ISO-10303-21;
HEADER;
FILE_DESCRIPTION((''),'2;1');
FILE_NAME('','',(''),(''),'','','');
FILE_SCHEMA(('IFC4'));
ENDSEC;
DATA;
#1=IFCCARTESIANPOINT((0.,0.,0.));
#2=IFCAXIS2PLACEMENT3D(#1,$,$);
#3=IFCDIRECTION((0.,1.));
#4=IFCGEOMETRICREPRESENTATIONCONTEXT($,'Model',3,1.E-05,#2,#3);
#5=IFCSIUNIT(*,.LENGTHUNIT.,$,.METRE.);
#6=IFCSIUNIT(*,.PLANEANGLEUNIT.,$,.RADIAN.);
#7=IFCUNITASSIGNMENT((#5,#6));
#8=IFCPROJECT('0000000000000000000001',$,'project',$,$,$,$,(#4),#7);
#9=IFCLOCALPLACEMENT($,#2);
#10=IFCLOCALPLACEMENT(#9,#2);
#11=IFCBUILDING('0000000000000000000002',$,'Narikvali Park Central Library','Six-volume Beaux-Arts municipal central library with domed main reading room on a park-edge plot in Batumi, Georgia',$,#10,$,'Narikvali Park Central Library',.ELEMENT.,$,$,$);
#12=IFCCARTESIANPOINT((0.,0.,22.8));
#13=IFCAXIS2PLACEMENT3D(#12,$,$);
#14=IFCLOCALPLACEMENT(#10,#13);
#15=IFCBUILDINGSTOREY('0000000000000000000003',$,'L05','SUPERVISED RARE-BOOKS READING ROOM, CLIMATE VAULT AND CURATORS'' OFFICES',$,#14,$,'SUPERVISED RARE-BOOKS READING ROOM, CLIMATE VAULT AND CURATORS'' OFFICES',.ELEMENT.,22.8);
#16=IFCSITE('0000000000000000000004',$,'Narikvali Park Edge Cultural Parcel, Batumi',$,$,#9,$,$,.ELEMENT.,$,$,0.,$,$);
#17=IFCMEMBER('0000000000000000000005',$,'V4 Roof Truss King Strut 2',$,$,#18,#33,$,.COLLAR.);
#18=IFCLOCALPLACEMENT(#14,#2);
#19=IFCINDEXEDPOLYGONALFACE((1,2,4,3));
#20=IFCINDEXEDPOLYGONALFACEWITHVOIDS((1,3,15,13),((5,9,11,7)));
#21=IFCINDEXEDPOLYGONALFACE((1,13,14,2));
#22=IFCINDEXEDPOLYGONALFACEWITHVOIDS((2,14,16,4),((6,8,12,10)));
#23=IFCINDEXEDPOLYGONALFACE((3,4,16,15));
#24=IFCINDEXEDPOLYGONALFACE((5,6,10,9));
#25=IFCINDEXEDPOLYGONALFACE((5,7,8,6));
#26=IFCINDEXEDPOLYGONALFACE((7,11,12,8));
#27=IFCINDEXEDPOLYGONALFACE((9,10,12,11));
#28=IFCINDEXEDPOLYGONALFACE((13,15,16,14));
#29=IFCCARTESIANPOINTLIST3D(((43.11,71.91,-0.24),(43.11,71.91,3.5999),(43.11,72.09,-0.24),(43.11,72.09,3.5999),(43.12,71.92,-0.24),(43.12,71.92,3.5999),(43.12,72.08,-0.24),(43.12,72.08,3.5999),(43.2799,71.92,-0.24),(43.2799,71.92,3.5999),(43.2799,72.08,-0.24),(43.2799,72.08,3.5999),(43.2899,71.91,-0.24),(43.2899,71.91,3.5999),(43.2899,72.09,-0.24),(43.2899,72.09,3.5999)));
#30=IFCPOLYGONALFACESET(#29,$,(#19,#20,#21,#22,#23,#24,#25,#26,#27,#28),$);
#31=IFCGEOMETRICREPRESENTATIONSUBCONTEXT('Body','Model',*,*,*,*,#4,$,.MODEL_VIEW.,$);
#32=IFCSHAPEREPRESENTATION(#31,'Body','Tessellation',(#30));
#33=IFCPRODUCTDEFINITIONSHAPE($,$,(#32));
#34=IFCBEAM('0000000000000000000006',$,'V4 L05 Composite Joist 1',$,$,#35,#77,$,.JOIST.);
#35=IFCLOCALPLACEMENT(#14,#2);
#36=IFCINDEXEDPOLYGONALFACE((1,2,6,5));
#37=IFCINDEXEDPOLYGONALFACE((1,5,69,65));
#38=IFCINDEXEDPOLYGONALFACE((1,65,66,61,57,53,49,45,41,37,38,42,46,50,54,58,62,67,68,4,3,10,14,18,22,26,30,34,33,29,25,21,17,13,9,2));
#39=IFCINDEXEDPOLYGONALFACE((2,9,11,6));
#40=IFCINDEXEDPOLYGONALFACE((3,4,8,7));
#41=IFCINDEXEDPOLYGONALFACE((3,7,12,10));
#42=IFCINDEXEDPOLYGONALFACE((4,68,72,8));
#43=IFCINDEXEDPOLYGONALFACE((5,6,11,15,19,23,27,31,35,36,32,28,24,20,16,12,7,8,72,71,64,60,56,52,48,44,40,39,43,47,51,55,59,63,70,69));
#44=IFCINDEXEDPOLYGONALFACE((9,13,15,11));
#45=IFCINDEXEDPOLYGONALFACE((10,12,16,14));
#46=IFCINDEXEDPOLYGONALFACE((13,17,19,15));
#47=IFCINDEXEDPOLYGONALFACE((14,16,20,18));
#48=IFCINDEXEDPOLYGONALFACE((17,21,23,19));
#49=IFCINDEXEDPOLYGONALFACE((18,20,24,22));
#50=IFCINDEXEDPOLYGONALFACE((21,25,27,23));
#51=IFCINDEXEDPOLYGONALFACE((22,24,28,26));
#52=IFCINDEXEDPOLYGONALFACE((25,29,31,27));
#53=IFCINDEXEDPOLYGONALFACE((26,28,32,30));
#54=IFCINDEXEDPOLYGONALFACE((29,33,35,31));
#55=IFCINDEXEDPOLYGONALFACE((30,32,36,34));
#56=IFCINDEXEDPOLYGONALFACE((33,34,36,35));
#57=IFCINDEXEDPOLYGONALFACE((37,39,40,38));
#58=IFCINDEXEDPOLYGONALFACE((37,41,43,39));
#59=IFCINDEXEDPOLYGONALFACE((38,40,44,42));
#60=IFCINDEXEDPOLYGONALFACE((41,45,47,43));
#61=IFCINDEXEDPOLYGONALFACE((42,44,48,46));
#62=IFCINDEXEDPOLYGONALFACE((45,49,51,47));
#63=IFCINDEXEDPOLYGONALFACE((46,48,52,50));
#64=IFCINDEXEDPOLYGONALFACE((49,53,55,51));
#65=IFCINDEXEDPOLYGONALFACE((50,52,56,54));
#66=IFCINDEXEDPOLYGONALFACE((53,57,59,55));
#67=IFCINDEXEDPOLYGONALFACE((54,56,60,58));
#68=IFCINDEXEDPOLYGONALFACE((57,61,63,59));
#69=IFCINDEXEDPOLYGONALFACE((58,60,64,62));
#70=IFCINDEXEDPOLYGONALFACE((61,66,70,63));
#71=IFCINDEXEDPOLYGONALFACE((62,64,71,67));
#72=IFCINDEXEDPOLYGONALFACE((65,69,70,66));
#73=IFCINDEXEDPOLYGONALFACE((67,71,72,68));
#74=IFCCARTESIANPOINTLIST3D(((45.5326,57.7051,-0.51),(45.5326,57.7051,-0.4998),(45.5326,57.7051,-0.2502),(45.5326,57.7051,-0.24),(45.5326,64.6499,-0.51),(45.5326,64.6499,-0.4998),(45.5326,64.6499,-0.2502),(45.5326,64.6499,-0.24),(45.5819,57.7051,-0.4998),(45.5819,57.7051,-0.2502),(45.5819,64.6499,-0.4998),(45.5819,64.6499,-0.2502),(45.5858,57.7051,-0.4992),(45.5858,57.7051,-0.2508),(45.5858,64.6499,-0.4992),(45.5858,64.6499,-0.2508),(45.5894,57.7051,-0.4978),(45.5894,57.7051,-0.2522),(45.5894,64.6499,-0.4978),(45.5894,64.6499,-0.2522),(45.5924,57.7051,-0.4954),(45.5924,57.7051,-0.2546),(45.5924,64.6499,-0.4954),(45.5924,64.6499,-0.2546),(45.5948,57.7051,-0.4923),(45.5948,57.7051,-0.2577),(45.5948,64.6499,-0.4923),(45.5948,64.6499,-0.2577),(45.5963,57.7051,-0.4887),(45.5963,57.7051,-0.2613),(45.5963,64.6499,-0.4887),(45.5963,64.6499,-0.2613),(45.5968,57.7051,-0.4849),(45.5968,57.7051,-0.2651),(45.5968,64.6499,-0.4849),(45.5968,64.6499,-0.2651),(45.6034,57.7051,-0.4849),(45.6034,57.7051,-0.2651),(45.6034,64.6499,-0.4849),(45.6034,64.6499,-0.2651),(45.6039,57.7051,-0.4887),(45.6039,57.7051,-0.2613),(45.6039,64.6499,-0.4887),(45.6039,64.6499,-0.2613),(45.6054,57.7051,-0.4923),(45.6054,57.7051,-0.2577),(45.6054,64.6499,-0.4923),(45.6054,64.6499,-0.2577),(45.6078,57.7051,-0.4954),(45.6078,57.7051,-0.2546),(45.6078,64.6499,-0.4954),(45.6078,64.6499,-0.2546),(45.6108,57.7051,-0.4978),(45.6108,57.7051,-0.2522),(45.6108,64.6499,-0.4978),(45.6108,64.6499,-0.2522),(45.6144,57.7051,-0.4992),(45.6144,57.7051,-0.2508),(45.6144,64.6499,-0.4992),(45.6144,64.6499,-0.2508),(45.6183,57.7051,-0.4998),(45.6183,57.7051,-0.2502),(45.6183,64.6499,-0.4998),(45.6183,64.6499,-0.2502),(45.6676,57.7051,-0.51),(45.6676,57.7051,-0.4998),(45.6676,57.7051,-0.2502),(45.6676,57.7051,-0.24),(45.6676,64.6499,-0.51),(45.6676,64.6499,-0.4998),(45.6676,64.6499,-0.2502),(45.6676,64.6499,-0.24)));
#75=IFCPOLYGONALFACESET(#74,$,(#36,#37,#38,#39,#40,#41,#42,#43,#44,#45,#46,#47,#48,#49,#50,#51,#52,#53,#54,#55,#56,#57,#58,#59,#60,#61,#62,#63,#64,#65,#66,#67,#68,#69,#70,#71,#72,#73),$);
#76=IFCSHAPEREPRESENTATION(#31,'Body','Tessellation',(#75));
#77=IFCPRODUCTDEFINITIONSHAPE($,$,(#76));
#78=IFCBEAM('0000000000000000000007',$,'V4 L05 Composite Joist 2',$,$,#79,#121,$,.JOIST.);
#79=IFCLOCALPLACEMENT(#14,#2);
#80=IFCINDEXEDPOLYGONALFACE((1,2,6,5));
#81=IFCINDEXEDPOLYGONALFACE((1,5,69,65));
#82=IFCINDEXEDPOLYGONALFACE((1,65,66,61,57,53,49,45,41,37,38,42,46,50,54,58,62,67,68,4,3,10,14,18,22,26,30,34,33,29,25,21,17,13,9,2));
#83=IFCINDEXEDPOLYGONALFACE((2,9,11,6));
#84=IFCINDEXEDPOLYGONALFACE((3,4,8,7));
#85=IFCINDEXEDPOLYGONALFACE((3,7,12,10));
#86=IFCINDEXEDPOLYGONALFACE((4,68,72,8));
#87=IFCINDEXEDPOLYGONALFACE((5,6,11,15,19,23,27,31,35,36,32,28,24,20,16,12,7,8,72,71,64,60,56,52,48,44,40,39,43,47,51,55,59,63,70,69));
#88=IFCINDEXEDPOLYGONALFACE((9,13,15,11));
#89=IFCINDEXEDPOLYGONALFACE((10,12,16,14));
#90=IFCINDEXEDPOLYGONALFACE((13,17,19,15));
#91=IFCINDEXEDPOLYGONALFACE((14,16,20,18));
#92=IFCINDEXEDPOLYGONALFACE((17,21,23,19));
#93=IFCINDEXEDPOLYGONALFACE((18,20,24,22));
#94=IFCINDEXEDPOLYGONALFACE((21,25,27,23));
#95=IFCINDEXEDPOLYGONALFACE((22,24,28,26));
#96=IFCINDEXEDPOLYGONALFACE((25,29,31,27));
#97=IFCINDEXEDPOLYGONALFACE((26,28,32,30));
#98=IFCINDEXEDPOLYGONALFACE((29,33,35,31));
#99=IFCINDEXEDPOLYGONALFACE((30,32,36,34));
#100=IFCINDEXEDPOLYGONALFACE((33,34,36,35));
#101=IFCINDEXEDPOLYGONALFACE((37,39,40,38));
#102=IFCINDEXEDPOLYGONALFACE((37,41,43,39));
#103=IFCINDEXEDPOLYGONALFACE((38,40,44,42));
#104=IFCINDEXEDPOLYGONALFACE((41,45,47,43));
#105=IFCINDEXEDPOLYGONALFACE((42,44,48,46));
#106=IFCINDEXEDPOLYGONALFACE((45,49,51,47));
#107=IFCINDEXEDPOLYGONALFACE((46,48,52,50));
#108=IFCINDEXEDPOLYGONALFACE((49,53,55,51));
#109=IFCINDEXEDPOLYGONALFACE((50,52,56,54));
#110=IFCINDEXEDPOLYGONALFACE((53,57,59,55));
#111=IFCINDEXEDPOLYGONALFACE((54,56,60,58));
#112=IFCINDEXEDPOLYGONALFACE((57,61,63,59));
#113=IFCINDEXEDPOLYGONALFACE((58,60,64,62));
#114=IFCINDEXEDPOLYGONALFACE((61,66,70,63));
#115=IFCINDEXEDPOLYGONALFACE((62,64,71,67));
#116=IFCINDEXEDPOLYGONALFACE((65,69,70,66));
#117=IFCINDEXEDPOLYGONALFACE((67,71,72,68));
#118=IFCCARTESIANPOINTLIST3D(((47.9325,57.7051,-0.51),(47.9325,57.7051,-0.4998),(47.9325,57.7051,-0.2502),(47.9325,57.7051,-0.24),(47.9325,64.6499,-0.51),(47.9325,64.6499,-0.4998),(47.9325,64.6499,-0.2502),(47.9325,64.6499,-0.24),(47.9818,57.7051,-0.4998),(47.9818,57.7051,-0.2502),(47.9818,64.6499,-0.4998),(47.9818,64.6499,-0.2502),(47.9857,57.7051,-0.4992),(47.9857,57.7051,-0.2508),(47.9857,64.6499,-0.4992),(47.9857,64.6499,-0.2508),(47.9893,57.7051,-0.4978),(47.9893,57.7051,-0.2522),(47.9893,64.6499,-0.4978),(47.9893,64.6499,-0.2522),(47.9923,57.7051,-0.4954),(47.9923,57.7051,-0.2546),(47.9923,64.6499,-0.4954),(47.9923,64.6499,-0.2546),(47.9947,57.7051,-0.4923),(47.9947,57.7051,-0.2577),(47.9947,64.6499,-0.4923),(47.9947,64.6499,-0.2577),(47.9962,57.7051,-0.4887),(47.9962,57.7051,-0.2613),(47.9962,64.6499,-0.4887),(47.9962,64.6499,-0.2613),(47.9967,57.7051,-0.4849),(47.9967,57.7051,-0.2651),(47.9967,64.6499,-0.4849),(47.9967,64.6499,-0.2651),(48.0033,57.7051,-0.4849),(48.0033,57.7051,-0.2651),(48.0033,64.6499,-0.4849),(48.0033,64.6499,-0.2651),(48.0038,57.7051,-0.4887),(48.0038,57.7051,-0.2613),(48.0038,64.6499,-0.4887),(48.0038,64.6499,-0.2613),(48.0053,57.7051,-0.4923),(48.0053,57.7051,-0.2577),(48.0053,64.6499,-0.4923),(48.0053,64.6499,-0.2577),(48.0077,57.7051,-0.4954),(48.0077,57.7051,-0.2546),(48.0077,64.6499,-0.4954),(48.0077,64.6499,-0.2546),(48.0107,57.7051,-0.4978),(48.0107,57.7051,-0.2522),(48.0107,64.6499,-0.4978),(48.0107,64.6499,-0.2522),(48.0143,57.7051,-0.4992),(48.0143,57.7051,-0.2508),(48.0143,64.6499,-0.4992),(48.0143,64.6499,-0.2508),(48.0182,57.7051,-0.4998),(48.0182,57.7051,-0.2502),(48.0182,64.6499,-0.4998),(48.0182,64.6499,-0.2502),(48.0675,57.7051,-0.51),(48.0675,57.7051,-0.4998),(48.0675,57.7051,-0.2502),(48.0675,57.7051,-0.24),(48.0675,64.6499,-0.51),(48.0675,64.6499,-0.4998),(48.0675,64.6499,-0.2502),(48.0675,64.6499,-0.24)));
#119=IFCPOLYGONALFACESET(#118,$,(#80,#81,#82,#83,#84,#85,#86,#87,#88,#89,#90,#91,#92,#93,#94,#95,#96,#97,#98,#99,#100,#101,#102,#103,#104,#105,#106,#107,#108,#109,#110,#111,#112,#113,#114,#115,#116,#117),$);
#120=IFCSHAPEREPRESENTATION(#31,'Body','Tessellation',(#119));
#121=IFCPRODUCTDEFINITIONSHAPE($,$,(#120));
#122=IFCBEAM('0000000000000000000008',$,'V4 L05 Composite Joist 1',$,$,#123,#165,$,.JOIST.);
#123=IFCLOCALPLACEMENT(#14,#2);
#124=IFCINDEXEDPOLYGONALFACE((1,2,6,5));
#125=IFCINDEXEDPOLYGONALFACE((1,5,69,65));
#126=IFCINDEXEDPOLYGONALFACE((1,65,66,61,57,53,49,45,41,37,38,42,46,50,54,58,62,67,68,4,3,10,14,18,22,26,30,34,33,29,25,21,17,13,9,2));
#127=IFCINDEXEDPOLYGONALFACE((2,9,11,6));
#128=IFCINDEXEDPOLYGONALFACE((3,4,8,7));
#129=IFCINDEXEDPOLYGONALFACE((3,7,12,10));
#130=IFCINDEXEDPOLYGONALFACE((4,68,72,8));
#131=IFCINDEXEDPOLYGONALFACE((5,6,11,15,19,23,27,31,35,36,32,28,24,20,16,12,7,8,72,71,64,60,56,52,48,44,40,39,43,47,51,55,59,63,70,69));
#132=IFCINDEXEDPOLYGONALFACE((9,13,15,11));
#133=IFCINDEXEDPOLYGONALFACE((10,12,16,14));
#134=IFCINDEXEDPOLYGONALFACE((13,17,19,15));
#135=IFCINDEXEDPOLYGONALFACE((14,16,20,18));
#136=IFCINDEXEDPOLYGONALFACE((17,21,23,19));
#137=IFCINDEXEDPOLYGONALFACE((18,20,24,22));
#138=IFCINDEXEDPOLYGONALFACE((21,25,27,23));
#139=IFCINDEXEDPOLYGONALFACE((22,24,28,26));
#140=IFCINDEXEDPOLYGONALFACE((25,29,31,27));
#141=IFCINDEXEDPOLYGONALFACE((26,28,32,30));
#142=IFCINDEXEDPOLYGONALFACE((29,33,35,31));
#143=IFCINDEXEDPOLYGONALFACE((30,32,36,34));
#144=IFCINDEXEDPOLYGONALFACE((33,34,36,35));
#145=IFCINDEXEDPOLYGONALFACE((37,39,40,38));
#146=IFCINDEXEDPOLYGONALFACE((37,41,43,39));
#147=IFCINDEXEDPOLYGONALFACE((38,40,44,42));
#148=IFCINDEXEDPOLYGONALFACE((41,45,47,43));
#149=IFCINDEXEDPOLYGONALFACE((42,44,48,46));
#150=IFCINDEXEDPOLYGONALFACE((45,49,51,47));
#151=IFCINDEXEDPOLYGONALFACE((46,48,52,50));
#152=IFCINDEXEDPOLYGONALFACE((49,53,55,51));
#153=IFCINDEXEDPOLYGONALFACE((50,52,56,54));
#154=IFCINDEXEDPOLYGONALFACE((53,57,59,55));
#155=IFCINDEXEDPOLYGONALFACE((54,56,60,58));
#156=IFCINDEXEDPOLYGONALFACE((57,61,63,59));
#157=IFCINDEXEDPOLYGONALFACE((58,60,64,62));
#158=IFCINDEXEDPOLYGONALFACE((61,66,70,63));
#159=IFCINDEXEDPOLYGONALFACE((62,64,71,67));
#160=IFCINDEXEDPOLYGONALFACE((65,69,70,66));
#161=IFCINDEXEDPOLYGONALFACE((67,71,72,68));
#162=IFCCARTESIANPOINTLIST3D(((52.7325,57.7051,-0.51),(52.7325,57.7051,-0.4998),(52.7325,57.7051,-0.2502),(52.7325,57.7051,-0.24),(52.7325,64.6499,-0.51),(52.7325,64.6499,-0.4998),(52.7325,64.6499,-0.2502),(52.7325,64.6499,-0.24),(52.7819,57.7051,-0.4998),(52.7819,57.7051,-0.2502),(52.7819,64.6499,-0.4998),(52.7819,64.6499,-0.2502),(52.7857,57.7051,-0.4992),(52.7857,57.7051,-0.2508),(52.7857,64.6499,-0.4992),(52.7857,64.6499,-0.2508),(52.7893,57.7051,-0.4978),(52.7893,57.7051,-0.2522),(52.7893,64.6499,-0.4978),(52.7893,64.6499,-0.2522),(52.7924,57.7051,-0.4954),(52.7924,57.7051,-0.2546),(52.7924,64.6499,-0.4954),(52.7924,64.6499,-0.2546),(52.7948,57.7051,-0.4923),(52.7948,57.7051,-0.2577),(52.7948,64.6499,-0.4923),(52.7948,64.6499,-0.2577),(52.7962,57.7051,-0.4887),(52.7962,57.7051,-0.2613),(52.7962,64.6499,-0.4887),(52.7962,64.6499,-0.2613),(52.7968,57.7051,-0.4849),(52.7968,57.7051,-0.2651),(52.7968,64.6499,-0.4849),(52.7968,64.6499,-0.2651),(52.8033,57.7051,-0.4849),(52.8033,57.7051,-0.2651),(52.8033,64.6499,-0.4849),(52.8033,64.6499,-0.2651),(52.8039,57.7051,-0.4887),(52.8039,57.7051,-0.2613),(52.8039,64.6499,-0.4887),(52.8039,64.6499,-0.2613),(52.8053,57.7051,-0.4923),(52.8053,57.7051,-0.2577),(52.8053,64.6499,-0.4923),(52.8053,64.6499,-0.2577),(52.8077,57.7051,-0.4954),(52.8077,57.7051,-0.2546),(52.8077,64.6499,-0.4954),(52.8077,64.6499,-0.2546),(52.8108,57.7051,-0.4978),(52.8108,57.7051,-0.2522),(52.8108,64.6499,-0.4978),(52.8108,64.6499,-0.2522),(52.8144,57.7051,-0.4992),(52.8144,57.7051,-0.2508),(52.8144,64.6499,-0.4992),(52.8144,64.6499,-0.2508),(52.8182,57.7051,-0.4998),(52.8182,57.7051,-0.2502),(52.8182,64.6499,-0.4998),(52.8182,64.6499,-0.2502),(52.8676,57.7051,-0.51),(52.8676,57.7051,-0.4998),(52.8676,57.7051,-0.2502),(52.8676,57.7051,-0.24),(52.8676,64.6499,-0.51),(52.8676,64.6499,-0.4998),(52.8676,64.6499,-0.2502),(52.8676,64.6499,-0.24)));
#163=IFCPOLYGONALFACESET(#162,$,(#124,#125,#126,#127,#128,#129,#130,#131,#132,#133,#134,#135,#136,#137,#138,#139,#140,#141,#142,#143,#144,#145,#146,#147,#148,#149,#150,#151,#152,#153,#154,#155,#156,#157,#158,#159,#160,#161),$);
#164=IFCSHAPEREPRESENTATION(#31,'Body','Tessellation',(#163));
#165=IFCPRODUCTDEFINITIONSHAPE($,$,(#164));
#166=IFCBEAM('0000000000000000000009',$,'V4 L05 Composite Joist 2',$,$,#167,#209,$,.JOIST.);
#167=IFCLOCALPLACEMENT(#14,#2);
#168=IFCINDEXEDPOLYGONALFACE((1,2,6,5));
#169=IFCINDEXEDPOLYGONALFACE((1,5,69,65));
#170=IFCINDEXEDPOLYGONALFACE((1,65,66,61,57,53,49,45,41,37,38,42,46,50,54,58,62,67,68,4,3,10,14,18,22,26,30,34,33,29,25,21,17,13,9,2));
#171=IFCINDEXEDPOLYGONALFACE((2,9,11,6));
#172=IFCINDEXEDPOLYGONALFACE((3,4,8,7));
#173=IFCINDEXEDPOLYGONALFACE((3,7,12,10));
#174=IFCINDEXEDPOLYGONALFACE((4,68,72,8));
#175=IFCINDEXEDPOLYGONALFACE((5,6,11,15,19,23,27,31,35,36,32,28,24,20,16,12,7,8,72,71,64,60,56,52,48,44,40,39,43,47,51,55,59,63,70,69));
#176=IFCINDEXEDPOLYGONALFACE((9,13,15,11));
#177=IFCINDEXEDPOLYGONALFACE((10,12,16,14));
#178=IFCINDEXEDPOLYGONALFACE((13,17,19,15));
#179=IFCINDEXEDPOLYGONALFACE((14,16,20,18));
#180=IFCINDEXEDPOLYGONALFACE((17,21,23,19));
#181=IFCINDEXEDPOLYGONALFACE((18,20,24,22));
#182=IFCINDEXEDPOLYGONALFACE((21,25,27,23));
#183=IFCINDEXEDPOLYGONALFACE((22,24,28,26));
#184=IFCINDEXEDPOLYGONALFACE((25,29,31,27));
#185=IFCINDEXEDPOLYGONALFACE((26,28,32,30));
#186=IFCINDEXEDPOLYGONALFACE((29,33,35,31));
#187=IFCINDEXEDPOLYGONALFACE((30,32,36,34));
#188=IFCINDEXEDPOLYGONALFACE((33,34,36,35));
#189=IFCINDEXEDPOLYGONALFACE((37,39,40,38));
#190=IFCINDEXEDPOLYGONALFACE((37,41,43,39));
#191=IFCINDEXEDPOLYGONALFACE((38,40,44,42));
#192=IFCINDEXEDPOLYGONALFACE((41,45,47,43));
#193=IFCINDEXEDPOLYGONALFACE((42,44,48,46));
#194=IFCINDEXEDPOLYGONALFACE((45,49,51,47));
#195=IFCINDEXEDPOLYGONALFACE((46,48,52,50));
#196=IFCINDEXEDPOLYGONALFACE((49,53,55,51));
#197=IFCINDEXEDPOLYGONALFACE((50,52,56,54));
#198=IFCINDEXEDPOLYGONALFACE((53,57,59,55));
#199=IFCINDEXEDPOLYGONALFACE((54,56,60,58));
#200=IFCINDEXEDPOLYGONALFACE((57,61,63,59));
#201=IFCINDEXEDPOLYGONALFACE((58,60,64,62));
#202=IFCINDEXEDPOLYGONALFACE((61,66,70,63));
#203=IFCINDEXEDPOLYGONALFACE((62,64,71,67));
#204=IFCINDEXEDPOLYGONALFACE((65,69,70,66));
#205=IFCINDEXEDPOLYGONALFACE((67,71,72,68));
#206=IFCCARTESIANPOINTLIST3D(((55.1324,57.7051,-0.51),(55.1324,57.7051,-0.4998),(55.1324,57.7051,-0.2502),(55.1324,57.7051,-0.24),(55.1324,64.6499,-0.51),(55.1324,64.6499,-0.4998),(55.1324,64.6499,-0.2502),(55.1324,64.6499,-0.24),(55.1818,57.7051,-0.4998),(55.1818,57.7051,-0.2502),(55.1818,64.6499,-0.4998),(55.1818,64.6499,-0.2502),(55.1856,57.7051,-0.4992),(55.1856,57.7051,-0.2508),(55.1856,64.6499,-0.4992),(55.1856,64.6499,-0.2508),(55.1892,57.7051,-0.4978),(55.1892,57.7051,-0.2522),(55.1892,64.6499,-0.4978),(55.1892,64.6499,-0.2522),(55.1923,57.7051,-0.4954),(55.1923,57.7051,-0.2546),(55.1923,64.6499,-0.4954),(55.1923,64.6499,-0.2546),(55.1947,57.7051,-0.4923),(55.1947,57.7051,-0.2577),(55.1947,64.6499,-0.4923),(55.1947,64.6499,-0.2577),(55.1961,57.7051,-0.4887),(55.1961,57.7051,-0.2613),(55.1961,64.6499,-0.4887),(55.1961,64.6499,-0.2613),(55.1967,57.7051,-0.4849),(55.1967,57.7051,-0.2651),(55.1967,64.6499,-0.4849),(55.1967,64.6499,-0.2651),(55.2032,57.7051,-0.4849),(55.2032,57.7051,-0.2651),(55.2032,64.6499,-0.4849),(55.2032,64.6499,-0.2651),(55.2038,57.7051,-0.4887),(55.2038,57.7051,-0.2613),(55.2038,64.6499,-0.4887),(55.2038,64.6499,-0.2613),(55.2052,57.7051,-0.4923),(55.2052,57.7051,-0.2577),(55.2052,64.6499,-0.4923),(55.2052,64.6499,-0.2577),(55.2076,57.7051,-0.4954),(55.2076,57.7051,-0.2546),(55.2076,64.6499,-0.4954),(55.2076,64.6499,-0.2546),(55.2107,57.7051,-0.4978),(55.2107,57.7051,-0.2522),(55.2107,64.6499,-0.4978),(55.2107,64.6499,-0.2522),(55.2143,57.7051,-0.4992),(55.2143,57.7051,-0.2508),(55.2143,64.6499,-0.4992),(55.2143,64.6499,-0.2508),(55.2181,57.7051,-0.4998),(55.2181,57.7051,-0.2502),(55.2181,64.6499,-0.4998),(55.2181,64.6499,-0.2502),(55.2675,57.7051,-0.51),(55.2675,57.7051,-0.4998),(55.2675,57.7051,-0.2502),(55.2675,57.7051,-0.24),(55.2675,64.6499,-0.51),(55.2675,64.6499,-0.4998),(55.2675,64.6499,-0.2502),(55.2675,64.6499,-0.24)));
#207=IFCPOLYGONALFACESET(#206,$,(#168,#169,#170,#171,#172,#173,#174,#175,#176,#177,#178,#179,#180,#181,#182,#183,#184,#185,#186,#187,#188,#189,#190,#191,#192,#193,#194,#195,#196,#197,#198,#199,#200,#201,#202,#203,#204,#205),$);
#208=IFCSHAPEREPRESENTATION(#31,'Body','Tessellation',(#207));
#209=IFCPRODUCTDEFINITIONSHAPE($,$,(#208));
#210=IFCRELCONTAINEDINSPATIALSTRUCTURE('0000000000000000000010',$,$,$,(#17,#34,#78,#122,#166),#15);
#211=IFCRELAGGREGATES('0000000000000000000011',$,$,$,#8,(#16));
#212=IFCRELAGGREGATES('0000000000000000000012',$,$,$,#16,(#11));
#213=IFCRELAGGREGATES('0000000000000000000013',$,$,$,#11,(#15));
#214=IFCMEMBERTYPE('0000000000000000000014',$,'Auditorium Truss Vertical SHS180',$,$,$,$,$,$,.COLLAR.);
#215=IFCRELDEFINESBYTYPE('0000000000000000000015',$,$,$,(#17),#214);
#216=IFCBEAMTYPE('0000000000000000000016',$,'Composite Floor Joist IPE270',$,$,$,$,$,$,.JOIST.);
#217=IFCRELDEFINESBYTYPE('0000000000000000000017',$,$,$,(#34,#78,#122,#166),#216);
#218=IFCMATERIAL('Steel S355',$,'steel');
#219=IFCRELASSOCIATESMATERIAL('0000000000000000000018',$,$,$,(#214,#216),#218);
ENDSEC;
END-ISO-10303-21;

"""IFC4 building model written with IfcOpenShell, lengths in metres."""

from ifc_helpers import new_model, si_unit, direction, frame, origin, origin_2d, place, context, subcontext, project, spatial, hollow_rectangle, i_section, extrude, material, material_profile, profile_set, type_object, element, save


model = new_model("IFC4")

# Units and contexts
model_context = context("Model", 3, precision=1e-05, world=origin(), true_north=direction((0.0, 1.0)))
body_context = subcontext(model_context, "Body", "Model", "MODEL_VIEW")
ifc_project = project(units=[si_unit("LENGTHUNIT", "METRE"), si_unit("PLANEANGLEUNIT", "RADIAN")], contexts=[model_context])

# Site, building, storey
site_placement = place(None, origin())
site = spatial("IfcSite", under=ifc_project, at=site_placement, Name="Narikvali Park Edge Cultural Parcel, Batumi", CompositionType="ELEMENT", RefElevation=0.0)
building_placement = place(site_placement, origin())
building = spatial("IfcBuilding", under=site, at=building_placement, Name="Narikvali Park Central Library", Description="Six-volume Beaux-Arts municipal central library with domed main reading room on a park-edge plot in Batumi, Georgia", LongName="Narikvali Park Central Library", CompositionType="ELEMENT")
storey_placement = place(building_placement, frame((0.0, 0.0, 22.8)))
storey = spatial("IfcBuildingStorey", under=building, at=storey_placement, Name="L05", Description="SUPERVISED RARE-BOOKS READING ROOM, CLIMATE VAULT AND CURATORS' OFFICES", LongName="SUPERVISED RARE-BOOKS READING ROOM, CLIMATE VAULT AND CURATORS' OFFICES", CompositionType="ELEMENT", Elevation=22.8)

# Member
ifc_material_1 = material(Name="Steel S355", Category="steel")
ifc_material_profile_1 = material_profile(ifc_material_1, hollow_rectangle(XDim=0.1799, YDim=0.1799, WallThickness=0.01, at=origin_2d()), Name="SHS 180x180x10")
ifc_profile_set_1 = profile_set([ifc_material_profile_1], Name="Steel S355")
member_type_1 = type_object("IfcMemberType", Name="Auditorium Truss Vertical SHS180", PredefinedType="COLLAR", material=ifc_profile_set_1)
member_1_placement = place(storey_placement, frame((43.2, 72.0, -0.24), z_axis=(0.0, 0.0, 1.0), x_axis=(1.0, 0.0, 0.0)))
element("IfcMember", 1, at=member_1_placement, inside=storey, type_object=member_type_1, Name="V4 Roof Truss King Strut 2", PredefinedType="COLLAR", context=body_context, shape_type="SweptSolid", body=[
    extrude(hollow_rectangle(XDim=0.1799, YDim=0.1799, WallThickness=0.01, at=origin_2d()), origin(), (0.0, 0.0, 1.0), 3.8398),
])

# Beams
ifc_material_profile_2 = material_profile(ifc_material_1, i_section(OverallWidth=0.135, OverallDepth=0.27, WebThickness=0.0066, FlangeThickness=0.0103, FilletRadius=0.0149, at=origin_2d()), Name="IPE 270")
ifc_profile_set_2 = profile_set([ifc_material_profile_2], Name="Steel S355")
beam_type_1 = type_object("IfcBeamType", Name="Composite Floor Joist IPE270", PredefinedType="JOIST", material=ifc_profile_set_2)
for number, where, z_axis, x_axis, name in (
    (2, (45.6001, 57.7051, -0.375), (0.0, 1.0, 0.0), (-1.0, 0.0, 0.0), "V4 L05 Composite Joist 1"),
    (3, (48.0, 57.7051, -0.375), (0.0, 1.0, 0.0), (-1.0, 0.0, 0.0), "V4 L05 Composite Joist 2"),
    (4, (52.8, 57.7051, -0.375), (0.0, 1.0, 0.0), (-1.0, 0.0, 0.0), "V4 L05 Composite Joist 1"),
    (5, (55.2, 57.7051, -0.375), (0.0, 1.0, 0.0), (-1.0, 0.0, 0.0), "V4 L05 Composite Joist 2"),
):
    element("IfcBeam", number, at=place(storey_placement, frame(where, z_axis=z_axis, x_axis=x_axis)), inside=storey, type_object=beam_type_1, Name=name, PredefinedType="JOIST", context=body_context, shape_type="SweptSolid", body=[
        extrude(i_section(OverallWidth=0.135, OverallDepth=0.27, WebThickness=0.0066, FlangeThickness=0.0103, FilletRadius=0.0149, at=origin_2d()), origin(), (0.0, 0.0, 1.0), 6.9448),
    ])

save(model, "model.ifc")
